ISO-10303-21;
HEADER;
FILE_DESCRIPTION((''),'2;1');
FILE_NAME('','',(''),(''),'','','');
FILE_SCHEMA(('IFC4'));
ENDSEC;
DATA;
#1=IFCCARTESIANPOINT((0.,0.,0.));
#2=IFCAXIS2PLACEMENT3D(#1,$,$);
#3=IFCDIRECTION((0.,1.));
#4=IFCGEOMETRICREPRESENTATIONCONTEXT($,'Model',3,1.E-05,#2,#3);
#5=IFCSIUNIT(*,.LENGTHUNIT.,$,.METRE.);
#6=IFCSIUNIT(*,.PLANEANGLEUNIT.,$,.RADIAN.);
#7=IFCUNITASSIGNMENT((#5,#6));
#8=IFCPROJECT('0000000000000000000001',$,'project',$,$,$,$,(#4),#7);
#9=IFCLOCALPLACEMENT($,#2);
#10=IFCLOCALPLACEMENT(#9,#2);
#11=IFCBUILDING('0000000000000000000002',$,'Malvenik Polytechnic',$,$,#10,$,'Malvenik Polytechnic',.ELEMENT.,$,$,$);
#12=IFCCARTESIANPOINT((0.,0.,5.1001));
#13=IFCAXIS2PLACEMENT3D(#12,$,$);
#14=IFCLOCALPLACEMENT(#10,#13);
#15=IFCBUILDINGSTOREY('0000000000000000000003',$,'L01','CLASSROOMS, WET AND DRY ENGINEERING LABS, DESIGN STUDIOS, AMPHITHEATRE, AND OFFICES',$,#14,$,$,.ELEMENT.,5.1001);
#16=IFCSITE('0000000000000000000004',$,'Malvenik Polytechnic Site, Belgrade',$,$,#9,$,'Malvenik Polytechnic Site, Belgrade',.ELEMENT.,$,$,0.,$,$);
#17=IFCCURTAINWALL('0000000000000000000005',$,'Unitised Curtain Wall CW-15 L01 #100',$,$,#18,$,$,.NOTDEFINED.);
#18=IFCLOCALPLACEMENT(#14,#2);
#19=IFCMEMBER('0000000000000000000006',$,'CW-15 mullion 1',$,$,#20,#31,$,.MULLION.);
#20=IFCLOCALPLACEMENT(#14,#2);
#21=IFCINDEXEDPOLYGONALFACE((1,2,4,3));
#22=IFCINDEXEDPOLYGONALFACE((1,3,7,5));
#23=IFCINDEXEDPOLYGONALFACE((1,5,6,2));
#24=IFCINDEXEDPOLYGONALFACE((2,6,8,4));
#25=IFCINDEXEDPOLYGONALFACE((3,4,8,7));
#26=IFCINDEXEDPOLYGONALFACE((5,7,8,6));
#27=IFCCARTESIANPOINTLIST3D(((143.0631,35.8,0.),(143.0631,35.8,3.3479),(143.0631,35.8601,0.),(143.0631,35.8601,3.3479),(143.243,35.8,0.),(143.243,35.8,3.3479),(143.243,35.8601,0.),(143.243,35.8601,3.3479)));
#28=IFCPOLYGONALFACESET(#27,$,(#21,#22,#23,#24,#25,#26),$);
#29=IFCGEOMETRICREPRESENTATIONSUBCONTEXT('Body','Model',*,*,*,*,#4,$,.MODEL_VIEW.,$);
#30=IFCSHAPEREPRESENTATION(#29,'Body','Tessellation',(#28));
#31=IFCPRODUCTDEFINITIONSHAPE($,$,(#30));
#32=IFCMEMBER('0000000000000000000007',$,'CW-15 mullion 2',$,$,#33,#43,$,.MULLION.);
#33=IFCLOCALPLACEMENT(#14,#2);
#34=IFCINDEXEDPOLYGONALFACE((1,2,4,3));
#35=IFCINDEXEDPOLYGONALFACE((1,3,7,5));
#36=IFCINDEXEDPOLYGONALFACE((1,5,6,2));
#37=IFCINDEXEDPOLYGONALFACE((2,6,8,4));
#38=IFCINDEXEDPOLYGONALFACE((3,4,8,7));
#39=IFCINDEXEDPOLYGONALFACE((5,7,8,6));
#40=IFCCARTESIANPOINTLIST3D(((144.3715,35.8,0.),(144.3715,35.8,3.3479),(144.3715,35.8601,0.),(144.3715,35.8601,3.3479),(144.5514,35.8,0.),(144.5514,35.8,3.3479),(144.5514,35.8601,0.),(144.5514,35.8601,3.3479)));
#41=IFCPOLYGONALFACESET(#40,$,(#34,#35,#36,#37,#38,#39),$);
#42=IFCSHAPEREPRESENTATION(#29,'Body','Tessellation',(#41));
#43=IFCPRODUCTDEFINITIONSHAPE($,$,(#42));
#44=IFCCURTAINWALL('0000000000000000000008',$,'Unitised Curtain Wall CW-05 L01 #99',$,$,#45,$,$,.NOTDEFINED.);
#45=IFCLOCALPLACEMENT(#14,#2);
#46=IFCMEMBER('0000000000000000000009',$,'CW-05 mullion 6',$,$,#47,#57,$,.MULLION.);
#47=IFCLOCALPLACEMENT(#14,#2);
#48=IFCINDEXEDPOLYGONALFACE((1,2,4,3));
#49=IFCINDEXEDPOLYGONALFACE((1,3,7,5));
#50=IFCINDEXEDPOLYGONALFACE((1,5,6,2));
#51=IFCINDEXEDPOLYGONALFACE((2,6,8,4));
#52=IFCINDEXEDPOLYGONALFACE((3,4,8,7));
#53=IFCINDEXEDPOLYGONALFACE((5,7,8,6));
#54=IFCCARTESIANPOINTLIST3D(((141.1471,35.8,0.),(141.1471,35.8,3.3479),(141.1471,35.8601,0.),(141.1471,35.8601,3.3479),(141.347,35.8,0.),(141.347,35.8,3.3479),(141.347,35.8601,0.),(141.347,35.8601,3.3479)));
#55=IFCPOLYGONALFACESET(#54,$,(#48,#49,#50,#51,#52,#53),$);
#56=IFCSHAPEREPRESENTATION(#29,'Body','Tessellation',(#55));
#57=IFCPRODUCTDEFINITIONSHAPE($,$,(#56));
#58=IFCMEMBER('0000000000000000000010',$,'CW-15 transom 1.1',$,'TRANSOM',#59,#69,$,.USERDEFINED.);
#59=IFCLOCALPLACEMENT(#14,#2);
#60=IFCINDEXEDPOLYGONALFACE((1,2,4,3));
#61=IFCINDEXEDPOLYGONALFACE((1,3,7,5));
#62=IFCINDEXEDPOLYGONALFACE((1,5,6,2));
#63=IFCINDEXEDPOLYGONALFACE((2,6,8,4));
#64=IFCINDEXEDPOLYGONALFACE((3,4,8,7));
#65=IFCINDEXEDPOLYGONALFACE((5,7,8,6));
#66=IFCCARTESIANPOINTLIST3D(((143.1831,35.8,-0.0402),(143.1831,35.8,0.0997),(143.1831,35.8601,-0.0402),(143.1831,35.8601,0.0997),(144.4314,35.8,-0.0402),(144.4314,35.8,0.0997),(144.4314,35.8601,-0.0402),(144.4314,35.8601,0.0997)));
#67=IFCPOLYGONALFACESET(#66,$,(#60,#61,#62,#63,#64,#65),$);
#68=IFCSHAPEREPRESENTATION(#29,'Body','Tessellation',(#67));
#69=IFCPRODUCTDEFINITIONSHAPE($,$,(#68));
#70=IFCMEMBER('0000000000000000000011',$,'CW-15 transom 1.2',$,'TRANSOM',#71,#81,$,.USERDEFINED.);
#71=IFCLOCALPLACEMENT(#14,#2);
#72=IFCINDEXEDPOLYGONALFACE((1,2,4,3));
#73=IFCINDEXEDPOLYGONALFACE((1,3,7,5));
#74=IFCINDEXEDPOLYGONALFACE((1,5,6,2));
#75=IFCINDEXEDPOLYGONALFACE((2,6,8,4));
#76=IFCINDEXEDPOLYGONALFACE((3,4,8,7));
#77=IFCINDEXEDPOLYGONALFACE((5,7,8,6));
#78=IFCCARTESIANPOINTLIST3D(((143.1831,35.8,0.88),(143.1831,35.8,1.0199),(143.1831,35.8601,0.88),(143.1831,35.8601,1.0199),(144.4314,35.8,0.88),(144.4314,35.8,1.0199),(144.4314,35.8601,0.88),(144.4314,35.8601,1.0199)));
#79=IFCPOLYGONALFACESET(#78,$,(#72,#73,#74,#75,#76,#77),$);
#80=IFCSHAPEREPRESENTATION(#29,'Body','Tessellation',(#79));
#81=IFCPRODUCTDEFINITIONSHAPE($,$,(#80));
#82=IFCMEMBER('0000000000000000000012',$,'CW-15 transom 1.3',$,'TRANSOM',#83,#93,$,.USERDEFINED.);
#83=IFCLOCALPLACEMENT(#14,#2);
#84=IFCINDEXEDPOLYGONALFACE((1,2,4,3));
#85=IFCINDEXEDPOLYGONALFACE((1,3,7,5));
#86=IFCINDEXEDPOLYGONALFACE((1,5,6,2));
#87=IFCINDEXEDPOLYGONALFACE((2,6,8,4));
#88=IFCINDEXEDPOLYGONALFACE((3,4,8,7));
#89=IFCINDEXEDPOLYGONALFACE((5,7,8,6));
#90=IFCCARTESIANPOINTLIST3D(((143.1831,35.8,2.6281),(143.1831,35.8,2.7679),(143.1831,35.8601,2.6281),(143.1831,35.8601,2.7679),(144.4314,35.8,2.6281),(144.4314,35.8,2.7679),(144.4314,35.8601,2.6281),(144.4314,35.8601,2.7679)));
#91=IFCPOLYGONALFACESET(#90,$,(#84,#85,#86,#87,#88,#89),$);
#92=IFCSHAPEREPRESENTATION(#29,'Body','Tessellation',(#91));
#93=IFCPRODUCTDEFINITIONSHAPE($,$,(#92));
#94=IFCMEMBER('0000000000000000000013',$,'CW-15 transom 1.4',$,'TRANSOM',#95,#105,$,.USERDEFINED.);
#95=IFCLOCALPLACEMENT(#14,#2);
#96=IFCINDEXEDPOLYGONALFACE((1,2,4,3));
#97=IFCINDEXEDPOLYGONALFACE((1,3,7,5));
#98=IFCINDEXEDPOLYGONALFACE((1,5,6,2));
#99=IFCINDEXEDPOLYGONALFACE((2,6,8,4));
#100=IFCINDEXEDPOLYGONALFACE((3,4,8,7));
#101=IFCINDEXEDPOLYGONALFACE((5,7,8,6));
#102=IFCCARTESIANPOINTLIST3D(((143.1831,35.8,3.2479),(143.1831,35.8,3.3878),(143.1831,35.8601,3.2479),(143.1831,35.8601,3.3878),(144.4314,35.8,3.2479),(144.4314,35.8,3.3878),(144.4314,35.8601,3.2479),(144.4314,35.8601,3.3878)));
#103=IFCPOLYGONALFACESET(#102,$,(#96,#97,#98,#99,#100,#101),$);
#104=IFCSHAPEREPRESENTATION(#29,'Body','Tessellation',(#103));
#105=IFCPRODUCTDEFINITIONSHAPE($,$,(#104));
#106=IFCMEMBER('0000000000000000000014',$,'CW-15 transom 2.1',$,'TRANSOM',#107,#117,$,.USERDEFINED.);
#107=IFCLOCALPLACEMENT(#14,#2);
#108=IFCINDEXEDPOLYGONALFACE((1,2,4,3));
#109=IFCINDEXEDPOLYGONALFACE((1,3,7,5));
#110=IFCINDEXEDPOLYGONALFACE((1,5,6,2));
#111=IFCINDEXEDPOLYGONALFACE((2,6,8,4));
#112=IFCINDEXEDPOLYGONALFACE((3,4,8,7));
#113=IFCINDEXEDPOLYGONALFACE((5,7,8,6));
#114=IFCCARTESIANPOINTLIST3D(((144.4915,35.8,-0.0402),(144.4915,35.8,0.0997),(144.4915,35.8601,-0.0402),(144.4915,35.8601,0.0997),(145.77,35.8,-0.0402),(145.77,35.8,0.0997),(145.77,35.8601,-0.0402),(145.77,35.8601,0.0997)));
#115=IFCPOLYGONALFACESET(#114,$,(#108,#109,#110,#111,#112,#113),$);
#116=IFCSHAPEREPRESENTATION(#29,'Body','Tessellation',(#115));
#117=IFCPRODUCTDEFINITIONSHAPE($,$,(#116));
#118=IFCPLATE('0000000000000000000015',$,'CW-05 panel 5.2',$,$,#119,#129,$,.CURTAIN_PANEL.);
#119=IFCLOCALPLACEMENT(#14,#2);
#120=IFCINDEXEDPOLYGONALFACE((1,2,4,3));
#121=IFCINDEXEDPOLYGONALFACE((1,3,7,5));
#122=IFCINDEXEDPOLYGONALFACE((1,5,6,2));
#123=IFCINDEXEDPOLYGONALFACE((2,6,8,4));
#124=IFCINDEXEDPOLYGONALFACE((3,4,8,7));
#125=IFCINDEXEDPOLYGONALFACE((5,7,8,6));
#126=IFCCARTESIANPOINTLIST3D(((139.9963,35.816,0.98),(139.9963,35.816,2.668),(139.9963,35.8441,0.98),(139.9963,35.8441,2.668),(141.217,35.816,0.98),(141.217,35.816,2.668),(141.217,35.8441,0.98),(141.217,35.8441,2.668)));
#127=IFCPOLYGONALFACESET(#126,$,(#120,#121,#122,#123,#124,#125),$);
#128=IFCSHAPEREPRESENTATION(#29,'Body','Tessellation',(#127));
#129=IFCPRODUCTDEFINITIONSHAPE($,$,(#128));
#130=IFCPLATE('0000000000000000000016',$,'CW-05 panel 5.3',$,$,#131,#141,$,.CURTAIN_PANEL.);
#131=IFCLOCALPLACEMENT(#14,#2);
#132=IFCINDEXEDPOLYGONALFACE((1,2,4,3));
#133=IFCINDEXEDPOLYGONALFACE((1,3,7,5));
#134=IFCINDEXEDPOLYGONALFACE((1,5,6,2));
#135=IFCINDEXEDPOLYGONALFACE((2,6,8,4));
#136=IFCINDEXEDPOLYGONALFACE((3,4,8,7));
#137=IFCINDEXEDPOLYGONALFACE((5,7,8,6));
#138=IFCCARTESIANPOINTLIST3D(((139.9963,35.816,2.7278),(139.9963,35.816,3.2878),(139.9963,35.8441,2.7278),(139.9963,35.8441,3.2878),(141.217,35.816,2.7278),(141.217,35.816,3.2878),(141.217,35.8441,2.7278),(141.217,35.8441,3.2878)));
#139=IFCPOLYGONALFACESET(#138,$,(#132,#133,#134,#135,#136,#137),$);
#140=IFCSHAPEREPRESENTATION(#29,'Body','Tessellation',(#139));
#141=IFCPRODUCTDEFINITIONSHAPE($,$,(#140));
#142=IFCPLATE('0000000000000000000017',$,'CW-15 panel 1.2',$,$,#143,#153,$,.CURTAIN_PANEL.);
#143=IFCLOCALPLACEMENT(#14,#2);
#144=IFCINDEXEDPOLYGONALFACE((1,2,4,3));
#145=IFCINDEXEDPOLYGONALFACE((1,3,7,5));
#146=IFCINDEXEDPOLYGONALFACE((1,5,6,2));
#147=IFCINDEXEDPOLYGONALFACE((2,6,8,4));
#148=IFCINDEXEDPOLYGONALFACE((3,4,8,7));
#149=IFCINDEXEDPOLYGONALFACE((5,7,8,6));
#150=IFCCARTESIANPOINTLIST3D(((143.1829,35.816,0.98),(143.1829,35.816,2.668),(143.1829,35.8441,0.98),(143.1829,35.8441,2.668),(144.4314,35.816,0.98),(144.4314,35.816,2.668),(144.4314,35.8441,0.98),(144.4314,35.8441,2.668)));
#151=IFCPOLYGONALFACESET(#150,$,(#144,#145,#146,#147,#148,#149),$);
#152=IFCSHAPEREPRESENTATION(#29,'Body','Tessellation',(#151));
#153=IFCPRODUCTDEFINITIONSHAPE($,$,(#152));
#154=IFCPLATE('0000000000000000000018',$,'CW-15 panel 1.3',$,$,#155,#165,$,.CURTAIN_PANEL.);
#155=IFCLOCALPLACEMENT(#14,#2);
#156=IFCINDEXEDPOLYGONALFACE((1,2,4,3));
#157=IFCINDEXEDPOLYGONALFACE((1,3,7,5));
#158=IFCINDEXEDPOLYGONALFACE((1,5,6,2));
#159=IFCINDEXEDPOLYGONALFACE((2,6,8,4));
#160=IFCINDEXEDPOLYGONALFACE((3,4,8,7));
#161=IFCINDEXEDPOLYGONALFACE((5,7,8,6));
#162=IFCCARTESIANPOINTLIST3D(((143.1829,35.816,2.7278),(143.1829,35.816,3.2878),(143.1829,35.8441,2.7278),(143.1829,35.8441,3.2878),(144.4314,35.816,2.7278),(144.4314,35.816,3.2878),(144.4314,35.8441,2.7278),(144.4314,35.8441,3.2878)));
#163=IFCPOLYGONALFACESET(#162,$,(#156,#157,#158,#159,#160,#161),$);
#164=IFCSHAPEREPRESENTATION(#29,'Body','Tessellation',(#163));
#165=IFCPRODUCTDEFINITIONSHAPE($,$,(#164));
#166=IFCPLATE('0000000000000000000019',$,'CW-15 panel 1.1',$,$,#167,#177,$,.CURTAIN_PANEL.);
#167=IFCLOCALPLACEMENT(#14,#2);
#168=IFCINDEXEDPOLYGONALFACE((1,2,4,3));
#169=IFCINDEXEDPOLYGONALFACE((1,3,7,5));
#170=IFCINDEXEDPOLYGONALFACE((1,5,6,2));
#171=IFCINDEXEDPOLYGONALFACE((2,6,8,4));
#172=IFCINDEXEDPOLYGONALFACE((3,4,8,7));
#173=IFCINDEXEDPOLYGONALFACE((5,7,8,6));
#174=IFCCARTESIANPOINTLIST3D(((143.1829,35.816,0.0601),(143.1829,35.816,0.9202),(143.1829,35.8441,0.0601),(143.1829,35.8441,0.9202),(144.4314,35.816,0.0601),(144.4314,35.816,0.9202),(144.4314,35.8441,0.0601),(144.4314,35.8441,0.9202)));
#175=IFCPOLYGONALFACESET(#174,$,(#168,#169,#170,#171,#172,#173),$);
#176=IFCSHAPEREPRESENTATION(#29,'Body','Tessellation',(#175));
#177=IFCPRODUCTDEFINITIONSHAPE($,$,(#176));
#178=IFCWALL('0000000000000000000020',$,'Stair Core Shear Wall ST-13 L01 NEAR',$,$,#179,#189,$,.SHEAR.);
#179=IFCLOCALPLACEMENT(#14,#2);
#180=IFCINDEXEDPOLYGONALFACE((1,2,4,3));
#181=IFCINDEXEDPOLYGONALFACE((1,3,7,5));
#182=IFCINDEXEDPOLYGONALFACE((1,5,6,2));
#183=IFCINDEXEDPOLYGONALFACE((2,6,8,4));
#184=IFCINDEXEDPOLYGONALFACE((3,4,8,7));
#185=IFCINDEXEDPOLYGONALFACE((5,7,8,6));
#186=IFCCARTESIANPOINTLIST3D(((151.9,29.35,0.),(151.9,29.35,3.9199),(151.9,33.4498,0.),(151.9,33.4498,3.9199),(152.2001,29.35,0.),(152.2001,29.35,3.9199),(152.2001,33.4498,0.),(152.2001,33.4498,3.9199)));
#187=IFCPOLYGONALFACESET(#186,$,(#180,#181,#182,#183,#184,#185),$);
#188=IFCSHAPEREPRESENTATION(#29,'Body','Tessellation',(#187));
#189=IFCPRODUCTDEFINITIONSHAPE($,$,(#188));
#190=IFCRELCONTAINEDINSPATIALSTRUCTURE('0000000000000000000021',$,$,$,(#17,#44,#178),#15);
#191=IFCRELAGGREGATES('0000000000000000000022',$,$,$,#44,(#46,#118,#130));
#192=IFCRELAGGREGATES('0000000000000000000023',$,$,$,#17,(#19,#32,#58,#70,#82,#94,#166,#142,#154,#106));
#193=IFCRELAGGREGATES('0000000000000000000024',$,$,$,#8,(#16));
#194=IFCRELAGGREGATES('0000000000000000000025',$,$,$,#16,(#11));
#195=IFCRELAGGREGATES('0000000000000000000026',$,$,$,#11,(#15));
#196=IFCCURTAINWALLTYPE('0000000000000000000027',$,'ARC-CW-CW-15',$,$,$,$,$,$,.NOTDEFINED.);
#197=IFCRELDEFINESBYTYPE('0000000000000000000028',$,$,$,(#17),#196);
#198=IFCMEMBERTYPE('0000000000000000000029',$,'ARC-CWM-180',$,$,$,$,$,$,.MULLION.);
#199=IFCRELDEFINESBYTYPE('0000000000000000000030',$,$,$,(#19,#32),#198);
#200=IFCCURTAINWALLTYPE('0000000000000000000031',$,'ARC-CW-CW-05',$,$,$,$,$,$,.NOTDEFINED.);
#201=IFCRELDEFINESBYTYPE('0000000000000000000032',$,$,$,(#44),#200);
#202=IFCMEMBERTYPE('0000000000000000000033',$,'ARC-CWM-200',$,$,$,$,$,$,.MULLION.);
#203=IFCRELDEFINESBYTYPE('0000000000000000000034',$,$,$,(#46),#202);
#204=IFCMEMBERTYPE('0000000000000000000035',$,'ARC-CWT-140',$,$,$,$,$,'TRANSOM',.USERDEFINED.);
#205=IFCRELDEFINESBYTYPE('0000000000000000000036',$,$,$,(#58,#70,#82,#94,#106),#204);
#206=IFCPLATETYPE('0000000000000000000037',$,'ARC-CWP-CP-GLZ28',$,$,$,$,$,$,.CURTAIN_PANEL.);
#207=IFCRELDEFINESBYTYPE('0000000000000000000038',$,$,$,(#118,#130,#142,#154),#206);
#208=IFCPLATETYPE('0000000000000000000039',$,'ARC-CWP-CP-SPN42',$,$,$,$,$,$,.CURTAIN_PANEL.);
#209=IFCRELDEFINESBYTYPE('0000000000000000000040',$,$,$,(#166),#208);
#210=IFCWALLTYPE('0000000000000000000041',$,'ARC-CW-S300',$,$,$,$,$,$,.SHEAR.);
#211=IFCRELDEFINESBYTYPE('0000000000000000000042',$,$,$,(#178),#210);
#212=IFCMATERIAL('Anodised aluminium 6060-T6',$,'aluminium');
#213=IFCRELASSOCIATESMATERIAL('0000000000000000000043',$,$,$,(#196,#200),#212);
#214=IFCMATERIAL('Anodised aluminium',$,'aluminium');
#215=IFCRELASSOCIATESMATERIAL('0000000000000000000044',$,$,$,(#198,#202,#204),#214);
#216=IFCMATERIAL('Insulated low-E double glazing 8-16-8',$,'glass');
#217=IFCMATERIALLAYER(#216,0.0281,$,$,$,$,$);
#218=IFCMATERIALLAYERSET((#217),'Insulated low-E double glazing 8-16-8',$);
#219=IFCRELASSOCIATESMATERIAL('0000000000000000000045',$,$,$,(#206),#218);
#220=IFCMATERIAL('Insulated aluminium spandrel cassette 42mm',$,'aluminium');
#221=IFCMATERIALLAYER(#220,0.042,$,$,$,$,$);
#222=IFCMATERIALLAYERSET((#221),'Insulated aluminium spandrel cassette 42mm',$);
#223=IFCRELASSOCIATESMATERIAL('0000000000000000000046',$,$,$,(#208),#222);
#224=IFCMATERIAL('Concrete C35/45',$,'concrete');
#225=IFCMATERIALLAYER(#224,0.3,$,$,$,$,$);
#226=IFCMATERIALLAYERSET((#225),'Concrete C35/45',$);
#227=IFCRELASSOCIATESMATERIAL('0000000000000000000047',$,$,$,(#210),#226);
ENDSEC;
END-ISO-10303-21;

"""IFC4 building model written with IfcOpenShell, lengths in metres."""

from ifc_helpers import new_model, si_unit, direction, frame, frame_2d, origin, origin_2d, place, context, subcontext, project, spatial, rectangle, extrude, material, layer, layer_set, material_profile, profile_set, type_object, element, aggregate, save


model = new_model("IFC4")

# Units and contexts
model_context = context("Model", 3, precision=1e-05, world=origin(), true_north=direction((0.0, 1.0)))
body_context = subcontext(model_context, "Body", "Model", "MODEL_VIEW")
ifc_project = project(units=[si_unit("LENGTHUNIT", "METRE"), si_unit("PLANEANGLEUNIT", "RADIAN")], contexts=[model_context])

# Site, building, storey
site_placement = place(None, origin())
site = spatial("IfcSite", under=ifc_project, at=site_placement, Name="Malvenik Polytechnic Site, Belgrade", LongName="Malvenik Polytechnic Site, Belgrade", CompositionType="ELEMENT", RefElevation=0.0)
building_placement = place(site_placement, origin())
building = spatial("IfcBuilding", under=site, at=building_placement, Name="Malvenik Polytechnic", LongName="Malvenik Polytechnic", CompositionType="ELEMENT")
storey_placement = place(building_placement, frame((0.0, 0.0, 5.1001)))
storey = spatial("IfcBuildingStorey", under=building, at=storey_placement, Name="L01", Description="CLASSROOMS, WET AND DRY ENGINEERING LABS, DESIGN STUDIOS, AMPHITHEATRE, AND OFFICES", CompositionType="ELEMENT", Elevation=5.1001)

# Curtain wall, members
ifc_material_1 = material(Name="Anodised aluminium 6060-T6", Category="aluminium")
curtain_wall_type_1 = type_object("IfcCurtainWallType", Name="ARC-CW-CW-15", PredefinedType="NOTDEFINED", material=ifc_material_1)
curtain_wall_1_placement = place(storey_placement, origin())
curtain_wall_1 = element("IfcCurtainWall", 1, at=curtain_wall_1_placement, inside=storey, type_object=curtain_wall_type_1, Name="Unitised Curtain Wall CW-15 L01 #100", PredefinedType="NOTDEFINED")
ifc_material_2 = material(Name="Anodised aluminium", Category="aluminium")
ifc_material_profile_1 = material_profile(ifc_material_2, rectangle(XDim=0.0601, YDim=0.1799, at=origin_2d()), Name="ALU MULLION 60x180")
ifc_profile_set_1 = profile_set([ifc_material_profile_1], Name="Anodised aluminium")
member_type_1 = type_object("IfcMemberType", Name="ARC-CWM-180", PredefinedType="MULLION", material=ifc_profile_set_1)
member_1_placement = place(storey_placement, frame((143.1531, 35.8301, 0.0), z_axis=(0.0, 0.0, 1.0), x_axis=(0.0, 1.0, 0.0)))
member_1 = element("IfcMember", 2, at=member_1_placement, type_object=member_type_1, Name="CW-15 mullion 1", PredefinedType="MULLION", context=body_context, shape_type="SweptSolid", body=[
    extrude(rectangle(XDim=0.0601, YDim=0.1799, at=origin_2d()), origin(), (0.0, 0.0, 1.0), 3.3479),
])
member_2_placement = place(storey_placement, frame((144.4614, 35.8301, 0.0), z_axis=(0.0, 0.0, 1.0), x_axis=(0.0, 1.0, 0.0)))
member_2 = element("IfcMember", 3, at=member_2_placement, type_object=member_type_1, Name="CW-15 mullion 2", PredefinedType="MULLION", context=body_context, shape_type="SweptSolid", body=[
    extrude(rectangle(XDim=0.0601, YDim=0.1799, at=origin_2d()), origin(), (0.0, 0.0, 1.0), 3.3479),
])

# Curtain wall, member
curtain_wall_type_2 = type_object("IfcCurtainWallType", Name="ARC-CW-CW-05", PredefinedType="NOTDEFINED", material=ifc_material_1)
curtain_wall_2_placement = place(storey_placement, origin())
curtain_wall_2 = element("IfcCurtainWall", 4, at=curtain_wall_2_placement, inside=storey, type_object=curtain_wall_type_2, Name="Unitised Curtain Wall CW-05 L01 #99", PredefinedType="NOTDEFINED")
ifc_material_profile_2 = material_profile(ifc_material_2, rectangle(XDim=0.0601, YDim=0.2, at=origin_2d()), Name="ALU MULLION 60x200")
ifc_profile_set_2 = profile_set([ifc_material_profile_2], Name="Anodised aluminium")
member_type_2 = type_object("IfcMemberType", Name="ARC-CWM-200", PredefinedType="MULLION", material=ifc_profile_set_2)
member_3_placement = place(storey_placement, frame((141.2471, 35.8301, 0.0), z_axis=(0.0, 0.0, 1.0), x_axis=(0.0, 1.0, 0.0)))
member_3 = element("IfcMember", 5, at=member_3_placement, type_object=member_type_2, Name="CW-05 mullion 6", PredefinedType="MULLION", context=body_context, shape_type="SweptSolid", body=[
    extrude(rectangle(XDim=0.0601, YDim=0.2, at=origin_2d()), origin(), (0.0, 0.0, 1.0), 3.3479),
])

# Members
ifc_material_profile_3 = material_profile(ifc_material_2, rectangle(XDim=0.0601, YDim=0.1399, at=origin_2d()), Name="ALU TRANSOM 60x140")
ifc_profile_set_3 = profile_set([ifc_material_profile_3], Name="Anodised aluminium")
member_type_3 = type_object("IfcMemberType", Name="ARC-CWT-140", ElementType="TRANSOM", PredefinedType="USERDEFINED", material=ifc_profile_set_3)
member_4_placement = place(storey_placement, frame((143.1831, 35.8301, 0.0298), z_axis=(1.0, 0.0, 0.0), x_axis=(0.0, 1.0, 0.0)))
member_4 = element("IfcMember", 6, at=member_4_placement, type_object=member_type_3, Name="CW-15 transom 1.1", ObjectType="TRANSOM", PredefinedType="USERDEFINED", context=body_context, shape_type="SweptSolid", body=[
    extrude(rectangle(XDim=0.0601, YDim=0.1399, at=origin_2d()), origin(), (0.0, 0.0, 1.0), 1.2483),
])
member_5_placement = place(storey_placement, frame((143.1831, 35.8301, 0.95), z_axis=(1.0, 0.0, 0.0), x_axis=(0.0, 1.0, 0.0)))
member_5 = element("IfcMember", 7, at=member_5_placement, type_object=member_type_3, Name="CW-15 transom 1.2", ObjectType="TRANSOM", PredefinedType="USERDEFINED", context=body_context, shape_type="SweptSolid", body=[
    extrude(rectangle(XDim=0.0601, YDim=0.1399, at=origin_2d()), origin(), (0.0, 0.0, 1.0), 1.2483),
])
member_6_placement = place(storey_placement, frame((143.1831, 35.8301, 2.698), z_axis=(1.0, 0.0, 0.0), x_axis=(0.0, 1.0, 0.0)))
member_6 = element("IfcMember", 8, at=member_6_placement, type_object=member_type_3, Name="CW-15 transom 1.3", ObjectType="TRANSOM", PredefinedType="USERDEFINED", context=body_context, shape_type="SweptSolid", body=[
    extrude(rectangle(XDim=0.0601, YDim=0.1399, at=origin_2d()), origin(), (0.0, 0.0, 1.0), 1.2483),
])
member_7_placement = place(storey_placement, frame((143.1831, 35.8301, 3.3179), z_axis=(1.0, 0.0, 0.0), x_axis=(0.0, 1.0, 0.0)))
member_7 = element("IfcMember", 9, at=member_7_placement, type_object=member_type_3, Name="CW-15 transom 1.4", ObjectType="TRANSOM", PredefinedType="USERDEFINED", context=body_context, shape_type="SweptSolid", body=[
    extrude(rectangle(XDim=0.0601, YDim=0.1399, at=origin_2d()), origin(), (0.0, 0.0, 1.0), 1.2483),
])
member_8_placement = place(storey_placement, frame((144.4915, 35.8301, 0.0298), z_axis=(1.0, 0.0, 0.0), x_axis=(0.0, 1.0, 0.0)))
member_8 = element("IfcMember", 10, at=member_8_placement, type_object=member_type_3, Name="CW-15 transom 2.1", ObjectType="TRANSOM", PredefinedType="USERDEFINED", context=body_context, shape_type="SweptSolid", body=[
    extrude(rectangle(XDim=0.0601, YDim=0.1399, at=origin_2d()), origin(), (0.0, 0.0, 1.0), 1.2786),
])

# Plates
ifc_material_3 = material(Name="Insulated low-E double glazing 8-16-8", Category="glass")
ifc_layer_1 = layer(ifc_material_3, 0.0281)
ifc_layer_set_1 = layer_set([ifc_layer_1], Name="Insulated low-E double glazing 8-16-8")
plate_type_1 = type_object("IfcPlateType", Name="ARC-CWP-CP-GLZ28", PredefinedType="CURTAIN_PANEL", material=ifc_layer_set_1)
plate_1_placement = place(storey_placement, frame((140.6067, 35.8301, 0.98), z_axis=(0.0, 0.0, 1.0), x_axis=(1.0, 0.0, 0.0)))
plate_1 = element("IfcPlate", 11, at=plate_1_placement, type_object=plate_type_1, Name="CW-05 panel 5.2", PredefinedType="CURTAIN_PANEL", context=body_context, shape_type="SweptSolid", body=[
    extrude(rectangle(XDim=1.2207, YDim=0.0281, at=origin_2d()), origin(), (0.0, 0.0, 1.0), 1.688),
])
plate_2_placement = place(storey_placement, frame((140.6067, 35.8301, 2.7278), z_axis=(0.0, 0.0, 1.0), x_axis=(1.0, 0.0, 0.0)))
plate_2 = element("IfcPlate", 12, at=plate_2_placement, type_object=plate_type_1, Name="CW-05 panel 5.3", PredefinedType="CURTAIN_PANEL", context=body_context, shape_type="SweptSolid", body=[
    extrude(rectangle(XDim=1.2207, YDim=0.0281, at=origin_2d()), origin(), (0.0, 0.0, 1.0), 0.5601),
])
aggregate(curtain_wall_2, [member_3, plate_1, plate_2])
plate_3_placement = place(storey_placement, frame((143.8071, 35.8301, 0.98), z_axis=(0.0, 0.0, 1.0), x_axis=(1.0, 0.0, 0.0)))
plate_3 = element("IfcPlate", 13, at=plate_3_placement, type_object=plate_type_1, Name="CW-15 panel 1.2", PredefinedType="CURTAIN_PANEL", context=body_context, shape_type="SweptSolid", body=[
    extrude(rectangle(XDim=1.2485, YDim=0.0281, at=origin_2d()), origin(), (0.0, 0.0, 1.0), 1.688),
])
plate_4_placement = place(storey_placement, frame((143.8071, 35.8301, 2.7278), z_axis=(0.0, 0.0, 1.0), x_axis=(1.0, 0.0, 0.0)))
plate_4 = element("IfcPlate", 14, at=plate_4_placement, type_object=plate_type_1, Name="CW-15 panel 1.3", PredefinedType="CURTAIN_PANEL", context=body_context, shape_type="SweptSolid", body=[
    extrude(rectangle(XDim=1.2485, YDim=0.0281, at=origin_2d()), origin(), (0.0, 0.0, 1.0), 0.5601),
])
ifc_material_4 = material(Name="Insulated aluminium spandrel cassette 42mm", Category="aluminium")
ifc_layer_2 = layer(ifc_material_4, 0.042)
ifc_layer_set_2 = layer_set([ifc_layer_2], Name="Insulated aluminium spandrel cassette 42mm")
plate_type_2 = type_object("IfcPlateType", Name="ARC-CWP-CP-SPN42", PredefinedType="CURTAIN_PANEL", material=ifc_layer_set_2)
plate_5_placement = place(storey_placement, frame((143.8071, 35.8301, 0.0601), z_axis=(0.0, 0.0, 1.0), x_axis=(1.0, 0.0, 0.0)))
plate_5 = element("IfcPlate", 15, at=plate_5_placement, type_object=plate_type_2, Name="CW-15 panel 1.1", PredefinedType="CURTAIN_PANEL", context=body_context, shape_type="SweptSolid", body=[
    extrude(rectangle(XDim=1.2485, YDim=0.0281, at=origin_2d()), origin(), (0.0, 0.0, 1.0), 0.8601),
])
aggregate(curtain_wall_1, [member_1, member_2, member_4, member_5, member_6, member_7, plate_5, plate_3, plate_4, member_8])

# Wall
ifc_material_5 = material(Name="Concrete C35/45", Category="concrete")
ifc_layer_3 = layer(ifc_material_5, 0.3)
ifc_layer_set_3 = layer_set([ifc_layer_3], Name="Concrete C35/45")
wall_type_1 = type_object("IfcWallType", Name="ARC-CW-S300", PredefinedType="SHEAR", material=ifc_layer_set_3)
wall_1_placement = place(storey_placement, frame((152.05, 29.3501, 0.0), z_axis=(0.0, 0.0, 1.0), x_axis=(0.0, 1.0, 0.0)))
element("IfcWall", 16, at=wall_1_placement, inside=storey, type_object=wall_type_1, Name="Stair Core Shear Wall ST-13 L01 NEAR", PredefinedType="SHEAR", context=body_context, shape_type="SweptSolid", body=[
    extrude(rectangle(XDim=4.0999, YDim=0.3, at=frame_2d((2.0498, 0.0))), origin(), (0.0, 0.0, 1.0), 3.9199),
])

save(model, "model.ifc")
